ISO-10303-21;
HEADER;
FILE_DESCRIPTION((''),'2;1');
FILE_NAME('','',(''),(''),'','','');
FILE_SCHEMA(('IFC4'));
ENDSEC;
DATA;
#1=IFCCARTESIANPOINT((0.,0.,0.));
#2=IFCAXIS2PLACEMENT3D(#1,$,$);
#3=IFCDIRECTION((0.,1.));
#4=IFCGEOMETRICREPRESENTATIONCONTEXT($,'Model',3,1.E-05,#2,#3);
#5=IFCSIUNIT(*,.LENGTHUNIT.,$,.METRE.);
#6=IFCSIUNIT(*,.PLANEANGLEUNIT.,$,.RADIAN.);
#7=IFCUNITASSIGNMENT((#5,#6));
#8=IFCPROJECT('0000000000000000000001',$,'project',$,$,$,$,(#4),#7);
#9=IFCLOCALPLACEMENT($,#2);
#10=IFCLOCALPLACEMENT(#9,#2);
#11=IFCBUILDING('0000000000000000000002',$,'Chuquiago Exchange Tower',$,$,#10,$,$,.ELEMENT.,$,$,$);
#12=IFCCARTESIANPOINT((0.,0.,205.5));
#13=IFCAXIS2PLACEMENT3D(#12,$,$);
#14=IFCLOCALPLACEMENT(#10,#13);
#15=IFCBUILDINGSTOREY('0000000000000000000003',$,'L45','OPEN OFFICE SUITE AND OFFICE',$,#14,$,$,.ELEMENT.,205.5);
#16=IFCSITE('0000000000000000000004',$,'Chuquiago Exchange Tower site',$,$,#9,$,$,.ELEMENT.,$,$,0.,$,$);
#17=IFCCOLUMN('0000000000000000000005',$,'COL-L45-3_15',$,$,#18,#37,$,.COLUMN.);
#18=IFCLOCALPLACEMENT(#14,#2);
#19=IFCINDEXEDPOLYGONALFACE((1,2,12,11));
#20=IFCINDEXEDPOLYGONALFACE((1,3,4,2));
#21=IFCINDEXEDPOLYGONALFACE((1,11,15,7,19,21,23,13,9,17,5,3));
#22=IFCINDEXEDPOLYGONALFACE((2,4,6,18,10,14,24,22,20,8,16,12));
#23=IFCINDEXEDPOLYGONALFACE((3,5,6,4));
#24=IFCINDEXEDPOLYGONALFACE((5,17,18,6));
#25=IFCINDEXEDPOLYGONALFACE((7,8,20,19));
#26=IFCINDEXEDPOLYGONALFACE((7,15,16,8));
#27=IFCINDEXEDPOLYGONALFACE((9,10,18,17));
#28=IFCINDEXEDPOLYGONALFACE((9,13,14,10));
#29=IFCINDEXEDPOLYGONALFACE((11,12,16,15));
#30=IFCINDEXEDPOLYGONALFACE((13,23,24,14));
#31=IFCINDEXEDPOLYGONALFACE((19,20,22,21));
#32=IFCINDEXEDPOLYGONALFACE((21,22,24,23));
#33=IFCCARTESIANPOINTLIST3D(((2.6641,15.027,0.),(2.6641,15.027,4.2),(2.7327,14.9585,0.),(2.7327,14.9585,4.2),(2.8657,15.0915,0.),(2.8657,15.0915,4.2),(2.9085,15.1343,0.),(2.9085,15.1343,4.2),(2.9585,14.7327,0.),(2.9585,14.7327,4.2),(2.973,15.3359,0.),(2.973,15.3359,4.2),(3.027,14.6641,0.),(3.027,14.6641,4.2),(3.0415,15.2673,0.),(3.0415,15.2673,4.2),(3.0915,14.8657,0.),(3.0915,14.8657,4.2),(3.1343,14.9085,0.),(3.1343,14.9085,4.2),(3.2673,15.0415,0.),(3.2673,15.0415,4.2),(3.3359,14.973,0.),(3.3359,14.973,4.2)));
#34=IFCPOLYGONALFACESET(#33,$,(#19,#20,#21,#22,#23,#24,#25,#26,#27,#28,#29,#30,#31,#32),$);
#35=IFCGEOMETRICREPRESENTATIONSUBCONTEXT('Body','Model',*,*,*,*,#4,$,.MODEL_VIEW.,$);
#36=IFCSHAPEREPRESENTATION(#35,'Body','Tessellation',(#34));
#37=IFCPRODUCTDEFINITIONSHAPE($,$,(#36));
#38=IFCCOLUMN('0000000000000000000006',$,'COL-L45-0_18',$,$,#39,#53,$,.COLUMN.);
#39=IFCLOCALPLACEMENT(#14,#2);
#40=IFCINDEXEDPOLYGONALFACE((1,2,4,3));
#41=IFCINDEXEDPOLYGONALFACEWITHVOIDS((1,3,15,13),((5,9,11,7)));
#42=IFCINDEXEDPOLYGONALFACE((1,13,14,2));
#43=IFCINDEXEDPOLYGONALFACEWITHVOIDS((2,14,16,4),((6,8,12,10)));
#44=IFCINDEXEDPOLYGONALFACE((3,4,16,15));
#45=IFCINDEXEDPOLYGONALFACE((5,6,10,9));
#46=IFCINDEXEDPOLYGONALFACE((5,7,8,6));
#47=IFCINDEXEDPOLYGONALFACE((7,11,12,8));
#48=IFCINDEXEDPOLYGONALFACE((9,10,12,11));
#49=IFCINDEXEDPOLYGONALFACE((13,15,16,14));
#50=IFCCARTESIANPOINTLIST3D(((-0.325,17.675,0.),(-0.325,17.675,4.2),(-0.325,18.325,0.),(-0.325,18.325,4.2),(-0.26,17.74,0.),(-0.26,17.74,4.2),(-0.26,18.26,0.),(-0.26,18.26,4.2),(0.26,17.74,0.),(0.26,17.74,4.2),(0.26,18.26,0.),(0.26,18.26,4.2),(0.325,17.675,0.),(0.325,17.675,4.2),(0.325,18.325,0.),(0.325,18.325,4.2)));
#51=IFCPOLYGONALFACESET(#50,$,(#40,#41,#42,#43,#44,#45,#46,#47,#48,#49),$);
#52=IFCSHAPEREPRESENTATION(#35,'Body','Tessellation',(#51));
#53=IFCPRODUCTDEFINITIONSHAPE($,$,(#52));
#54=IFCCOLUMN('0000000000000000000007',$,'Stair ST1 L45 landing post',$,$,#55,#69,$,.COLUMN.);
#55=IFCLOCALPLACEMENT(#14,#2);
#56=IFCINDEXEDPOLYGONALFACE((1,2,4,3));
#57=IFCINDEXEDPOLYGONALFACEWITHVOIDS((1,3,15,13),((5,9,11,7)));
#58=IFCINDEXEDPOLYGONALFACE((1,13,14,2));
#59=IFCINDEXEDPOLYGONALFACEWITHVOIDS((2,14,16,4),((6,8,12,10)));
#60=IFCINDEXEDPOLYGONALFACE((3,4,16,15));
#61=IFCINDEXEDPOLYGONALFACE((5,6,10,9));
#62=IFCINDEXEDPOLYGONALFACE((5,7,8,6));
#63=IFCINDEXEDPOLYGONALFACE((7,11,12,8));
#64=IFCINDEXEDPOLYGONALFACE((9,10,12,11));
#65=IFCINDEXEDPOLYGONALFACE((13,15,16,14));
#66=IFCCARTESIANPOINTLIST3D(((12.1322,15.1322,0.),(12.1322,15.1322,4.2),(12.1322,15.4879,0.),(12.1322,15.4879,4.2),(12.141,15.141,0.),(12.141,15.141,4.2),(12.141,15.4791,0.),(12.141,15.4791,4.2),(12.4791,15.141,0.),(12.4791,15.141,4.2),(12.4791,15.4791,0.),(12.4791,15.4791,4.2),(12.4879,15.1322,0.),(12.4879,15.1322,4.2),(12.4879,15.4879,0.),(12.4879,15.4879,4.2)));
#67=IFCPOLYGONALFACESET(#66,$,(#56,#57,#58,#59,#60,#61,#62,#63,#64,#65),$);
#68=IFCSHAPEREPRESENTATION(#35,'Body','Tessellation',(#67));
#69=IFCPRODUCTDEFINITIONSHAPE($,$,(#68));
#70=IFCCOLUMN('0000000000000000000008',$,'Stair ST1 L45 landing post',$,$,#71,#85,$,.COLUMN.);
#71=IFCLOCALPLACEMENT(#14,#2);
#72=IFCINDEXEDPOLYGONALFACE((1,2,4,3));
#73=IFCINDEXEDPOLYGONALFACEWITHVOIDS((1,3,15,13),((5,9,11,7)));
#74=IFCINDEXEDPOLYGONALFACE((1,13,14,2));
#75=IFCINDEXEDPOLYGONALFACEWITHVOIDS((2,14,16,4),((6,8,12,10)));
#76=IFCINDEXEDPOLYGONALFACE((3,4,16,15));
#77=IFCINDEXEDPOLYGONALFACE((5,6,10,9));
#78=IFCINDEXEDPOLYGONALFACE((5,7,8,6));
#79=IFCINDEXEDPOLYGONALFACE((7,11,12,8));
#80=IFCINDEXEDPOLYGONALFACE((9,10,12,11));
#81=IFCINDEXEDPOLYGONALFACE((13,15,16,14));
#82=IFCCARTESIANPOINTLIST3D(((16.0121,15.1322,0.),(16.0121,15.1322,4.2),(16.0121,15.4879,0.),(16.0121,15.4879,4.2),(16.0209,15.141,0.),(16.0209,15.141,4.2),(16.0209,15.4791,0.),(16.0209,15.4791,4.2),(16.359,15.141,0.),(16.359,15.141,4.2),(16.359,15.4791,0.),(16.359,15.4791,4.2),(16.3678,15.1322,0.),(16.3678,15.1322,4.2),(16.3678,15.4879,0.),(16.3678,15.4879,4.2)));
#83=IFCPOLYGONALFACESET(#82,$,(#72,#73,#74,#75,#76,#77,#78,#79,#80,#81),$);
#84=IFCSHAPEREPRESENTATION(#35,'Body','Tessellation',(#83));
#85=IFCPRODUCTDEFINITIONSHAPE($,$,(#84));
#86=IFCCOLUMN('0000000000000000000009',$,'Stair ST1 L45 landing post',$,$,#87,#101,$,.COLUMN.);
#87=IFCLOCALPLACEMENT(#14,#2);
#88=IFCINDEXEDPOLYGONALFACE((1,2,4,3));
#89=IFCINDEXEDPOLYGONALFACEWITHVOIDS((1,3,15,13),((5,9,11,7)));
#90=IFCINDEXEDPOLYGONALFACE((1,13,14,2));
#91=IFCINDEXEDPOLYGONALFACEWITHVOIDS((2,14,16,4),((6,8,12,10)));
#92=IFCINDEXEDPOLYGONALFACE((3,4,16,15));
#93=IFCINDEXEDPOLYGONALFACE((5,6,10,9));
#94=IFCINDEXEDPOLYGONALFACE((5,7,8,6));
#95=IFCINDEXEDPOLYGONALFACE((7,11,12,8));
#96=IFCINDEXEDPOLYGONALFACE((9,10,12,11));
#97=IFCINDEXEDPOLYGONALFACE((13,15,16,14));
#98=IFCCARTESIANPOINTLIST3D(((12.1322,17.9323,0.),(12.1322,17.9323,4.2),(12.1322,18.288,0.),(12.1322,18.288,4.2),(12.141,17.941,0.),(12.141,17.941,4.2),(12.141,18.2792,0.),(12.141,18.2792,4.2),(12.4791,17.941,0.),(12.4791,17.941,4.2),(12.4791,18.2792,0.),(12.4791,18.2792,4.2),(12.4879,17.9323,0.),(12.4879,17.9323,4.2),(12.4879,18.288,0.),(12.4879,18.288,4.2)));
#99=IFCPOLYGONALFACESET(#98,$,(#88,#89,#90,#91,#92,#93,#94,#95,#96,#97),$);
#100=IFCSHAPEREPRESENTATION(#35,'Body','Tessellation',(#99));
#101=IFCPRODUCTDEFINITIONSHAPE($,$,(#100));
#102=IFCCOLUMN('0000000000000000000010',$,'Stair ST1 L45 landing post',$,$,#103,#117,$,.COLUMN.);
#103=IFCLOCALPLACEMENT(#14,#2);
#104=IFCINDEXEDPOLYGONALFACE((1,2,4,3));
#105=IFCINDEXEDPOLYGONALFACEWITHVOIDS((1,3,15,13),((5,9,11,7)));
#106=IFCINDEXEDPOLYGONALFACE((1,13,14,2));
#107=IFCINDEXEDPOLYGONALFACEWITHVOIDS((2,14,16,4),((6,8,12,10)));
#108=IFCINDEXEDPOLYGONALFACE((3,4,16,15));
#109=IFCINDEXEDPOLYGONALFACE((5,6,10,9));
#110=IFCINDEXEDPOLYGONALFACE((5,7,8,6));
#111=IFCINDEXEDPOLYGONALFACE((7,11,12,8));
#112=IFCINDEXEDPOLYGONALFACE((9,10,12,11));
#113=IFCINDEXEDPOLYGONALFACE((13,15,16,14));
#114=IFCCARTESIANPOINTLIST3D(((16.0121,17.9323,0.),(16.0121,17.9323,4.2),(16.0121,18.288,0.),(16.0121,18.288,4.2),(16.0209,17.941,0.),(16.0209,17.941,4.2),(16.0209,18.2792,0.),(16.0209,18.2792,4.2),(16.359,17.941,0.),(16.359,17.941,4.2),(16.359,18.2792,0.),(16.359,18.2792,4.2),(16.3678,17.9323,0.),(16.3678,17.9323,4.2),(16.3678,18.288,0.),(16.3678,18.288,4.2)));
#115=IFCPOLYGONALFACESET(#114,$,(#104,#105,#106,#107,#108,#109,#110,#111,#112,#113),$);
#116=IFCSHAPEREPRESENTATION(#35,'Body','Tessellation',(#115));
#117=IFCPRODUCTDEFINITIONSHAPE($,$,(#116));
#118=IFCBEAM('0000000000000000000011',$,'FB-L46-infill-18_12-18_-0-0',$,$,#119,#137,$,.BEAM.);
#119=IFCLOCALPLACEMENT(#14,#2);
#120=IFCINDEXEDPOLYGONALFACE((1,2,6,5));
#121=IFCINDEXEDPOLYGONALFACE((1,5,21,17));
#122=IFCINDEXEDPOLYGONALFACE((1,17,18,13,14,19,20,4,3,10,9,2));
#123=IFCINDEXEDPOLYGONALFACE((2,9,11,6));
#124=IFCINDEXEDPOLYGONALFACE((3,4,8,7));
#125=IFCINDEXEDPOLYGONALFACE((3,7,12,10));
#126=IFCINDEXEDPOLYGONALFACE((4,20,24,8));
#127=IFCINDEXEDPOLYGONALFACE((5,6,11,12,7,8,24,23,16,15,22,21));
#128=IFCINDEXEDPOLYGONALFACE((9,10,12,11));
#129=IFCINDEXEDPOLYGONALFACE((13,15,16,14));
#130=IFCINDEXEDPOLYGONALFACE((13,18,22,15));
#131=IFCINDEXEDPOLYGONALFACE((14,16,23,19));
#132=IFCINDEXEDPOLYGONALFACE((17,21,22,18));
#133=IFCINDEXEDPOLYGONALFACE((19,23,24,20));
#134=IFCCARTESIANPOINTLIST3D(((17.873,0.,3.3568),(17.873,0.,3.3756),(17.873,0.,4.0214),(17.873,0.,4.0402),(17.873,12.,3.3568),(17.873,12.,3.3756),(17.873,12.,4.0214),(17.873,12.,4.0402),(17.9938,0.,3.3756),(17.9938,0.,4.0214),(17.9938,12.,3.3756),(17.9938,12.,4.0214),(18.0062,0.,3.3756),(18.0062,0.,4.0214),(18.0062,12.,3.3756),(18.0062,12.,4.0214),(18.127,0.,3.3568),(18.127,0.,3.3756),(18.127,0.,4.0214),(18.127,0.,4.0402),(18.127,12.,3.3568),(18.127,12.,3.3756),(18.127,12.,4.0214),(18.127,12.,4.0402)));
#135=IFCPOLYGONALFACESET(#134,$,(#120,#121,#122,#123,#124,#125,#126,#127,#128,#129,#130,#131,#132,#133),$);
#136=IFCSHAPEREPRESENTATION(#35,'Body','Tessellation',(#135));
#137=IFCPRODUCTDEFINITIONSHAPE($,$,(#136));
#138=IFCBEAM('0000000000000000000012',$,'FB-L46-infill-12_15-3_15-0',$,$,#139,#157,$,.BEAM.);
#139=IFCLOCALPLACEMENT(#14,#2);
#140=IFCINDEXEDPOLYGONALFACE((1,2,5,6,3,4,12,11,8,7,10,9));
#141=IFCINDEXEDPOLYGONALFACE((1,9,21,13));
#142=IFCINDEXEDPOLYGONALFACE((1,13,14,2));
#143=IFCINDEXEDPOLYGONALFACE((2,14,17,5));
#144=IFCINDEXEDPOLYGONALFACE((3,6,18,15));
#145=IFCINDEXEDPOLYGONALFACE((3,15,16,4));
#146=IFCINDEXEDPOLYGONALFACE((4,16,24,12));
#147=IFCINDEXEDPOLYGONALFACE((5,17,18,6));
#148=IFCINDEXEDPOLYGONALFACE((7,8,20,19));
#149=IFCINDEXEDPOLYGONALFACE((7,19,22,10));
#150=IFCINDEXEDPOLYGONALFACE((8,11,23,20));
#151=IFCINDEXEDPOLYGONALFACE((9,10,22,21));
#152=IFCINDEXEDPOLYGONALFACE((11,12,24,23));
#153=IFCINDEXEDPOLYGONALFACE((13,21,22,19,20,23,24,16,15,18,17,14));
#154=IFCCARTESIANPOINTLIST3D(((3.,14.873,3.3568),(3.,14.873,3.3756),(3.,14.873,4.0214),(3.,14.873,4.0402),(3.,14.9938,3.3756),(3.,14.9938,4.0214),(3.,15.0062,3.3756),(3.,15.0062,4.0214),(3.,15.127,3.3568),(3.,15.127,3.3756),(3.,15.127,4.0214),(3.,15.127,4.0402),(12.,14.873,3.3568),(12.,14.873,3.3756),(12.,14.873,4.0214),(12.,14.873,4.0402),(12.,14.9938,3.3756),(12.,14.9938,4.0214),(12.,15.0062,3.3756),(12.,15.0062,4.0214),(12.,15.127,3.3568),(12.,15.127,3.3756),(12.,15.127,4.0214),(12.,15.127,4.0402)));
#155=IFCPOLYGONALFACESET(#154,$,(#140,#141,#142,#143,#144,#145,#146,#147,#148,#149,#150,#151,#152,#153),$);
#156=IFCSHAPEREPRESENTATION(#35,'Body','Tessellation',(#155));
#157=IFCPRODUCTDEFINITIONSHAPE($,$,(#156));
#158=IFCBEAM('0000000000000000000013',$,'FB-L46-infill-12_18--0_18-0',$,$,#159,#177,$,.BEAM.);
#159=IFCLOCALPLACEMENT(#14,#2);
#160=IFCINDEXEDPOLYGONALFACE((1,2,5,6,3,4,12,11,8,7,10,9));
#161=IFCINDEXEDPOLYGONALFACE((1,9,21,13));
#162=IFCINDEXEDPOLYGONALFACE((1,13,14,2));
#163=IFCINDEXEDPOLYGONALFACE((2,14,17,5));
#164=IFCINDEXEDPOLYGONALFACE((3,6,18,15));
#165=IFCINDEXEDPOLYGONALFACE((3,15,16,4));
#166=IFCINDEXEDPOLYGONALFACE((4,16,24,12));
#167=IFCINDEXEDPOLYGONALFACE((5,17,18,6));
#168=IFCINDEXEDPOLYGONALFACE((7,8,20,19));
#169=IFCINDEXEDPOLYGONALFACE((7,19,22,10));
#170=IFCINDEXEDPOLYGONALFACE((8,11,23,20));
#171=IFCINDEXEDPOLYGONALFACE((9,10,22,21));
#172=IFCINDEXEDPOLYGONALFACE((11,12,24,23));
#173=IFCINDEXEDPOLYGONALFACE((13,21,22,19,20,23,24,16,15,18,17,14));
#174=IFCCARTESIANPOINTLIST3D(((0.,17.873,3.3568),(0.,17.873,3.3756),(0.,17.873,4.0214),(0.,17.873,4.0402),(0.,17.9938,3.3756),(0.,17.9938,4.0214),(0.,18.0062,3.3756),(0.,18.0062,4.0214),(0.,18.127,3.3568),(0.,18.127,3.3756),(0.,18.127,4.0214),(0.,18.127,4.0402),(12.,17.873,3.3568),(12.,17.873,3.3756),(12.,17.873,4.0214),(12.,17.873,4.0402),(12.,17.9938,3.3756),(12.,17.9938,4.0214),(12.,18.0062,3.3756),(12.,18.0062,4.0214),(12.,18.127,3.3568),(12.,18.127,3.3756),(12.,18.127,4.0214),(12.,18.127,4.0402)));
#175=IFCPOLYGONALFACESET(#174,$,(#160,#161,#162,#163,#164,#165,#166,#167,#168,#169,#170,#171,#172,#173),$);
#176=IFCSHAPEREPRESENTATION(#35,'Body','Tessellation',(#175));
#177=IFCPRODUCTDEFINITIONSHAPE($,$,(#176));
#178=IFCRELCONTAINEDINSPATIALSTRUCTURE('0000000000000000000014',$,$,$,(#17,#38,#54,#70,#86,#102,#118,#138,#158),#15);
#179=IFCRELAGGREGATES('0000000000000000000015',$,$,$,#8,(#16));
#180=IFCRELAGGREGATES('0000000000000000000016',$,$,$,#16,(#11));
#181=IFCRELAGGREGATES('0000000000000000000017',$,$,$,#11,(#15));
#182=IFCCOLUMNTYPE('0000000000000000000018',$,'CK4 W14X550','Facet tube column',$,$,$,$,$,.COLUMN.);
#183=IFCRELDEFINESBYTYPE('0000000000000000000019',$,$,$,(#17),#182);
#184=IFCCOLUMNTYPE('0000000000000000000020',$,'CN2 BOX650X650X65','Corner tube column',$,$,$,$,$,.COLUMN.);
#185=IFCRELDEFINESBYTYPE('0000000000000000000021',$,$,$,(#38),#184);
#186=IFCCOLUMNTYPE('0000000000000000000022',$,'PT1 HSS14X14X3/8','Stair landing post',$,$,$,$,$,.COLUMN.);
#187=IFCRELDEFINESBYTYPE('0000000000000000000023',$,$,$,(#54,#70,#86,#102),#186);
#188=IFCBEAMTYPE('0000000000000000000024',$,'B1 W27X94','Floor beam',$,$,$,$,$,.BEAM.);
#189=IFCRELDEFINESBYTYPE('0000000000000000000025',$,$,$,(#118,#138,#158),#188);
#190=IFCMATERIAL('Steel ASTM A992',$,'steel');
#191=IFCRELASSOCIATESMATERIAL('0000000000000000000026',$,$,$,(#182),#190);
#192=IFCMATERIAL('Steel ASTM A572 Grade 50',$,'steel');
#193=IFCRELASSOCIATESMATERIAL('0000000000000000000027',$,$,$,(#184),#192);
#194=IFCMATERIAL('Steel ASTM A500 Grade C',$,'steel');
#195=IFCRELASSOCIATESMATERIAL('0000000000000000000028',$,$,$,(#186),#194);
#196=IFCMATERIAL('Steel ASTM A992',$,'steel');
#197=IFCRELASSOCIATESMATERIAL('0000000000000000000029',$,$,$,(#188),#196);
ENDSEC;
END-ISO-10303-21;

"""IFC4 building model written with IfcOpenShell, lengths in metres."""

from ifc_helpers import new_model, si_unit, direction, frame, origin, origin_2d, place, context, subcontext, project, spatial, hollow_rectangle, i_section, extrude, material, material_profile, profile_set, type_object, element, save


model = new_model("IFC4")

# Units and contexts
model_context = context("Model", 3, precision=1e-05, world=origin(), true_north=direction((0.0, 1.0)))
body_context = subcontext(model_context, "Body", "Model", "MODEL_VIEW")
ifc_project = project(units=[si_unit("LENGTHUNIT", "METRE"), si_unit("PLANEANGLEUNIT", "RADIAN")], contexts=[model_context])

# Site, building, storey
site_placement = place(None, origin())
site = spatial("IfcSite", under=ifc_project, at=site_placement, Name="Chuquiago Exchange Tower site", CompositionType="ELEMENT", RefElevation=0.0)
building_placement = place(site_placement, origin())
building = spatial("IfcBuilding", under=site, at=building_placement, Name="Chuquiago Exchange Tower", CompositionType="ELEMENT")
storey_placement = place(building_placement, frame((0.0, 0.0, 205.5)))
storey = spatial("IfcBuildingStorey", under=building, at=storey_placement, Name="L45", Description="OPEN OFFICE SUITE AND OFFICE", CompositionType="ELEMENT", Elevation=205.5)

# Columns
ifc_material_1 = material(Name="Steel ASTM A992", Category="steel")
ifc_material_profile_1 = material_profile(ifc_material_1, i_section(OverallWidth=0.4368, OverallDepth=0.5132, WebThickness=0.0605, FlangeThickness=0.0969, at=origin_2d()), Name="W14X550")
ifc_profile_set_1 = profile_set([ifc_material_profile_1], Name="Steel ASTM A992")
column_type_1 = type_object("IfcColumnType", Name="CK4 W14X550", Description="Facet tube column", PredefinedType="COLUMN", material=ifc_profile_set_1)
column_1_placement = place(storey_placement, frame((3.0, 15.0, 0.0), z_axis=(0.0, 0.0, 1.0), x_axis=(-0.707107, -0.707107, 0.0)))
element("IfcColumn", 1, at=column_1_placement, inside=storey, type_object=column_type_1, Name="COL-L45-3_15", PredefinedType="COLUMN", context=body_context, shape_type="SweptSolid", body=[
    extrude(i_section(OverallWidth=0.4368, OverallDepth=0.5132, WebThickness=0.0605, FlangeThickness=0.0969, at=origin_2d()), origin(), (0.0, 0.0, 1.0), 4.2),
])
ifc_material_2 = material(Name="Steel ASTM A572 Grade 50", Category="steel")
ifc_material_profile_2 = material_profile(ifc_material_2, hollow_rectangle(XDim=0.6499, YDim=0.6499, WallThickness=0.0649, at=origin_2d()), Name="BOX650X650X65")
ifc_profile_set_2 = profile_set([ifc_material_profile_2], Name="Steel ASTM A572 Grade 50")
column_type_2 = type_object("IfcColumnType", Name="CN2 BOX650X650X65", Description="Corner tube column", PredefinedType="COLUMN", material=ifc_profile_set_2)
column_2_placement = place(storey_placement, frame((0.0, 18.0, 0.0), z_axis=(0.0, 0.0, 1.0), x_axis=(-1.0, 0.0, 0.0)))
element("IfcColumn", 2, at=column_2_placement, inside=storey, type_object=column_type_2, Name="COL-L45-0_18", PredefinedType="COLUMN", context=body_context, shape_type="SweptSolid", body=[
    extrude(hollow_rectangle(XDim=0.6499, YDim=0.6499, WallThickness=0.0649, at=origin_2d()), origin(), (0.0, 0.0, 1.0), 4.2),
])
ifc_material_3 = material(Name="Steel ASTM A500 Grade C", Category="steel")
ifc_material_profile_3 = material_profile(ifc_material_3, hollow_rectangle(XDim=0.3557, YDim=0.3557, WallThickness=0.0088, at=origin_2d()), Name="HSS14X14X3/8")
ifc_profile_set_3 = profile_set([ifc_material_profile_3], Name="Steel ASTM A500 Grade C")
column_type_3 = type_object("IfcColumnType", Name="PT1 HSS14X14X3/8", Description="Stair landing post", PredefinedType="COLUMN", material=ifc_profile_set_3)
for number, where, z_axis, x_axis, name in (
    (3, (12.3101, 15.3101, 0.0), (0.0, 0.0, 1.0), (1.0, 0.0, 0.0), "Stair ST1 L45 landing post"),
    (4, (16.1899, 15.3101, 0.0), (0.0, 0.0, 1.0), (1.0, 0.0, 0.0), "Stair ST1 L45 landing post"),
    (5, (12.3101, 18.1101, 0.0), (0.0, 0.0, 1.0), (1.0, 0.0, 0.0), "Stair ST1 L45 landing post"),
    (6, (16.1899, 18.1101, 0.0), (0.0, 0.0, 1.0), (1.0, 0.0, 0.0), "Stair ST1 L45 landing post"),
):
    element("IfcColumn", number, at=place(storey_placement, frame(where, z_axis=z_axis, x_axis=x_axis)), inside=storey, type_object=column_type_3, Name=name, PredefinedType="COLUMN", context=body_context, shape_type="SweptSolid", body=[
        extrude(hollow_rectangle(XDim=0.3557, YDim=0.3557, WallThickness=0.0088, at=origin_2d()), origin(), (0.0, 0.0, 1.0), 4.2),
    ])

# Beams
ifc_material_4 = material(Name="Steel ASTM A992", Category="steel")
ifc_material_profile_4 = material_profile(ifc_material_4, i_section(OverallWidth=0.2539, OverallDepth=0.6833, WebThickness=0.0125, FlangeThickness=0.0188, at=origin_2d()), Name="W27X94")
ifc_profile_set_4 = profile_set([ifc_material_profile_4], Name="Steel ASTM A992")
beam_type_1 = type_object("IfcBeamType", Name="B1 W27X94", Description="Floor beam", PredefinedType="BEAM", material=ifc_profile_set_4)
beam_1_placement = place(storey_placement, frame((18.0, 12.0, 3.6985), z_axis=(0.0, -1.0, 0.0), x_axis=(1.0, 0.0, 0.0)))
element("IfcBeam", 7, at=beam_1_placement, inside=storey, type_object=beam_type_1, Name="FB-L46-infill-18_12-18_-0-0", PredefinedType="BEAM", context=body_context, shape_type="SweptSolid", body=[
    extrude(i_section(OverallWidth=0.2539, OverallDepth=0.6833, WebThickness=0.0125, FlangeThickness=0.0188, at=origin_2d()), origin(), (0.0, 0.0, 1.0), 12.0),
])
beam_2_placement = place(storey_placement, frame((12.0, 15.0, 3.6985), z_axis=(-1.0, 0.0, 0.0), x_axis=(0.0, -1.0, 0.0)))
element("IfcBeam", 8, at=beam_2_placement, inside=storey, type_object=beam_type_1, Name="FB-L46-infill-12_15-3_15-0", PredefinedType="BEAM", context=body_context, shape_type="SweptSolid", body=[
    extrude(i_section(OverallWidth=0.2539, OverallDepth=0.6833, WebThickness=0.0125, FlangeThickness=0.0188, at=origin_2d()), origin(), (0.0, 0.0, 1.0), 9.0),
])
beam_3_placement = place(storey_placement, frame((12.0, 18.0, 3.6985), z_axis=(-1.0, 0.0, 0.0), x_axis=(0.0, -1.0, 0.0)))
element("IfcBeam", 9, at=beam_3_placement, inside=storey, type_object=beam_type_1, Name="FB-L46-infill-12_18--0_18-0", PredefinedType="BEAM", context=body_context, shape_type="SweptSolid", body=[
    extrude(i_section(OverallWidth=0.2539, OverallDepth=0.6833, WebThickness=0.0125, FlangeThickness=0.0188, at=origin_2d()), origin(), (0.0, 0.0, 1.0), 12.0),
])

save(model, "model.ifc")
